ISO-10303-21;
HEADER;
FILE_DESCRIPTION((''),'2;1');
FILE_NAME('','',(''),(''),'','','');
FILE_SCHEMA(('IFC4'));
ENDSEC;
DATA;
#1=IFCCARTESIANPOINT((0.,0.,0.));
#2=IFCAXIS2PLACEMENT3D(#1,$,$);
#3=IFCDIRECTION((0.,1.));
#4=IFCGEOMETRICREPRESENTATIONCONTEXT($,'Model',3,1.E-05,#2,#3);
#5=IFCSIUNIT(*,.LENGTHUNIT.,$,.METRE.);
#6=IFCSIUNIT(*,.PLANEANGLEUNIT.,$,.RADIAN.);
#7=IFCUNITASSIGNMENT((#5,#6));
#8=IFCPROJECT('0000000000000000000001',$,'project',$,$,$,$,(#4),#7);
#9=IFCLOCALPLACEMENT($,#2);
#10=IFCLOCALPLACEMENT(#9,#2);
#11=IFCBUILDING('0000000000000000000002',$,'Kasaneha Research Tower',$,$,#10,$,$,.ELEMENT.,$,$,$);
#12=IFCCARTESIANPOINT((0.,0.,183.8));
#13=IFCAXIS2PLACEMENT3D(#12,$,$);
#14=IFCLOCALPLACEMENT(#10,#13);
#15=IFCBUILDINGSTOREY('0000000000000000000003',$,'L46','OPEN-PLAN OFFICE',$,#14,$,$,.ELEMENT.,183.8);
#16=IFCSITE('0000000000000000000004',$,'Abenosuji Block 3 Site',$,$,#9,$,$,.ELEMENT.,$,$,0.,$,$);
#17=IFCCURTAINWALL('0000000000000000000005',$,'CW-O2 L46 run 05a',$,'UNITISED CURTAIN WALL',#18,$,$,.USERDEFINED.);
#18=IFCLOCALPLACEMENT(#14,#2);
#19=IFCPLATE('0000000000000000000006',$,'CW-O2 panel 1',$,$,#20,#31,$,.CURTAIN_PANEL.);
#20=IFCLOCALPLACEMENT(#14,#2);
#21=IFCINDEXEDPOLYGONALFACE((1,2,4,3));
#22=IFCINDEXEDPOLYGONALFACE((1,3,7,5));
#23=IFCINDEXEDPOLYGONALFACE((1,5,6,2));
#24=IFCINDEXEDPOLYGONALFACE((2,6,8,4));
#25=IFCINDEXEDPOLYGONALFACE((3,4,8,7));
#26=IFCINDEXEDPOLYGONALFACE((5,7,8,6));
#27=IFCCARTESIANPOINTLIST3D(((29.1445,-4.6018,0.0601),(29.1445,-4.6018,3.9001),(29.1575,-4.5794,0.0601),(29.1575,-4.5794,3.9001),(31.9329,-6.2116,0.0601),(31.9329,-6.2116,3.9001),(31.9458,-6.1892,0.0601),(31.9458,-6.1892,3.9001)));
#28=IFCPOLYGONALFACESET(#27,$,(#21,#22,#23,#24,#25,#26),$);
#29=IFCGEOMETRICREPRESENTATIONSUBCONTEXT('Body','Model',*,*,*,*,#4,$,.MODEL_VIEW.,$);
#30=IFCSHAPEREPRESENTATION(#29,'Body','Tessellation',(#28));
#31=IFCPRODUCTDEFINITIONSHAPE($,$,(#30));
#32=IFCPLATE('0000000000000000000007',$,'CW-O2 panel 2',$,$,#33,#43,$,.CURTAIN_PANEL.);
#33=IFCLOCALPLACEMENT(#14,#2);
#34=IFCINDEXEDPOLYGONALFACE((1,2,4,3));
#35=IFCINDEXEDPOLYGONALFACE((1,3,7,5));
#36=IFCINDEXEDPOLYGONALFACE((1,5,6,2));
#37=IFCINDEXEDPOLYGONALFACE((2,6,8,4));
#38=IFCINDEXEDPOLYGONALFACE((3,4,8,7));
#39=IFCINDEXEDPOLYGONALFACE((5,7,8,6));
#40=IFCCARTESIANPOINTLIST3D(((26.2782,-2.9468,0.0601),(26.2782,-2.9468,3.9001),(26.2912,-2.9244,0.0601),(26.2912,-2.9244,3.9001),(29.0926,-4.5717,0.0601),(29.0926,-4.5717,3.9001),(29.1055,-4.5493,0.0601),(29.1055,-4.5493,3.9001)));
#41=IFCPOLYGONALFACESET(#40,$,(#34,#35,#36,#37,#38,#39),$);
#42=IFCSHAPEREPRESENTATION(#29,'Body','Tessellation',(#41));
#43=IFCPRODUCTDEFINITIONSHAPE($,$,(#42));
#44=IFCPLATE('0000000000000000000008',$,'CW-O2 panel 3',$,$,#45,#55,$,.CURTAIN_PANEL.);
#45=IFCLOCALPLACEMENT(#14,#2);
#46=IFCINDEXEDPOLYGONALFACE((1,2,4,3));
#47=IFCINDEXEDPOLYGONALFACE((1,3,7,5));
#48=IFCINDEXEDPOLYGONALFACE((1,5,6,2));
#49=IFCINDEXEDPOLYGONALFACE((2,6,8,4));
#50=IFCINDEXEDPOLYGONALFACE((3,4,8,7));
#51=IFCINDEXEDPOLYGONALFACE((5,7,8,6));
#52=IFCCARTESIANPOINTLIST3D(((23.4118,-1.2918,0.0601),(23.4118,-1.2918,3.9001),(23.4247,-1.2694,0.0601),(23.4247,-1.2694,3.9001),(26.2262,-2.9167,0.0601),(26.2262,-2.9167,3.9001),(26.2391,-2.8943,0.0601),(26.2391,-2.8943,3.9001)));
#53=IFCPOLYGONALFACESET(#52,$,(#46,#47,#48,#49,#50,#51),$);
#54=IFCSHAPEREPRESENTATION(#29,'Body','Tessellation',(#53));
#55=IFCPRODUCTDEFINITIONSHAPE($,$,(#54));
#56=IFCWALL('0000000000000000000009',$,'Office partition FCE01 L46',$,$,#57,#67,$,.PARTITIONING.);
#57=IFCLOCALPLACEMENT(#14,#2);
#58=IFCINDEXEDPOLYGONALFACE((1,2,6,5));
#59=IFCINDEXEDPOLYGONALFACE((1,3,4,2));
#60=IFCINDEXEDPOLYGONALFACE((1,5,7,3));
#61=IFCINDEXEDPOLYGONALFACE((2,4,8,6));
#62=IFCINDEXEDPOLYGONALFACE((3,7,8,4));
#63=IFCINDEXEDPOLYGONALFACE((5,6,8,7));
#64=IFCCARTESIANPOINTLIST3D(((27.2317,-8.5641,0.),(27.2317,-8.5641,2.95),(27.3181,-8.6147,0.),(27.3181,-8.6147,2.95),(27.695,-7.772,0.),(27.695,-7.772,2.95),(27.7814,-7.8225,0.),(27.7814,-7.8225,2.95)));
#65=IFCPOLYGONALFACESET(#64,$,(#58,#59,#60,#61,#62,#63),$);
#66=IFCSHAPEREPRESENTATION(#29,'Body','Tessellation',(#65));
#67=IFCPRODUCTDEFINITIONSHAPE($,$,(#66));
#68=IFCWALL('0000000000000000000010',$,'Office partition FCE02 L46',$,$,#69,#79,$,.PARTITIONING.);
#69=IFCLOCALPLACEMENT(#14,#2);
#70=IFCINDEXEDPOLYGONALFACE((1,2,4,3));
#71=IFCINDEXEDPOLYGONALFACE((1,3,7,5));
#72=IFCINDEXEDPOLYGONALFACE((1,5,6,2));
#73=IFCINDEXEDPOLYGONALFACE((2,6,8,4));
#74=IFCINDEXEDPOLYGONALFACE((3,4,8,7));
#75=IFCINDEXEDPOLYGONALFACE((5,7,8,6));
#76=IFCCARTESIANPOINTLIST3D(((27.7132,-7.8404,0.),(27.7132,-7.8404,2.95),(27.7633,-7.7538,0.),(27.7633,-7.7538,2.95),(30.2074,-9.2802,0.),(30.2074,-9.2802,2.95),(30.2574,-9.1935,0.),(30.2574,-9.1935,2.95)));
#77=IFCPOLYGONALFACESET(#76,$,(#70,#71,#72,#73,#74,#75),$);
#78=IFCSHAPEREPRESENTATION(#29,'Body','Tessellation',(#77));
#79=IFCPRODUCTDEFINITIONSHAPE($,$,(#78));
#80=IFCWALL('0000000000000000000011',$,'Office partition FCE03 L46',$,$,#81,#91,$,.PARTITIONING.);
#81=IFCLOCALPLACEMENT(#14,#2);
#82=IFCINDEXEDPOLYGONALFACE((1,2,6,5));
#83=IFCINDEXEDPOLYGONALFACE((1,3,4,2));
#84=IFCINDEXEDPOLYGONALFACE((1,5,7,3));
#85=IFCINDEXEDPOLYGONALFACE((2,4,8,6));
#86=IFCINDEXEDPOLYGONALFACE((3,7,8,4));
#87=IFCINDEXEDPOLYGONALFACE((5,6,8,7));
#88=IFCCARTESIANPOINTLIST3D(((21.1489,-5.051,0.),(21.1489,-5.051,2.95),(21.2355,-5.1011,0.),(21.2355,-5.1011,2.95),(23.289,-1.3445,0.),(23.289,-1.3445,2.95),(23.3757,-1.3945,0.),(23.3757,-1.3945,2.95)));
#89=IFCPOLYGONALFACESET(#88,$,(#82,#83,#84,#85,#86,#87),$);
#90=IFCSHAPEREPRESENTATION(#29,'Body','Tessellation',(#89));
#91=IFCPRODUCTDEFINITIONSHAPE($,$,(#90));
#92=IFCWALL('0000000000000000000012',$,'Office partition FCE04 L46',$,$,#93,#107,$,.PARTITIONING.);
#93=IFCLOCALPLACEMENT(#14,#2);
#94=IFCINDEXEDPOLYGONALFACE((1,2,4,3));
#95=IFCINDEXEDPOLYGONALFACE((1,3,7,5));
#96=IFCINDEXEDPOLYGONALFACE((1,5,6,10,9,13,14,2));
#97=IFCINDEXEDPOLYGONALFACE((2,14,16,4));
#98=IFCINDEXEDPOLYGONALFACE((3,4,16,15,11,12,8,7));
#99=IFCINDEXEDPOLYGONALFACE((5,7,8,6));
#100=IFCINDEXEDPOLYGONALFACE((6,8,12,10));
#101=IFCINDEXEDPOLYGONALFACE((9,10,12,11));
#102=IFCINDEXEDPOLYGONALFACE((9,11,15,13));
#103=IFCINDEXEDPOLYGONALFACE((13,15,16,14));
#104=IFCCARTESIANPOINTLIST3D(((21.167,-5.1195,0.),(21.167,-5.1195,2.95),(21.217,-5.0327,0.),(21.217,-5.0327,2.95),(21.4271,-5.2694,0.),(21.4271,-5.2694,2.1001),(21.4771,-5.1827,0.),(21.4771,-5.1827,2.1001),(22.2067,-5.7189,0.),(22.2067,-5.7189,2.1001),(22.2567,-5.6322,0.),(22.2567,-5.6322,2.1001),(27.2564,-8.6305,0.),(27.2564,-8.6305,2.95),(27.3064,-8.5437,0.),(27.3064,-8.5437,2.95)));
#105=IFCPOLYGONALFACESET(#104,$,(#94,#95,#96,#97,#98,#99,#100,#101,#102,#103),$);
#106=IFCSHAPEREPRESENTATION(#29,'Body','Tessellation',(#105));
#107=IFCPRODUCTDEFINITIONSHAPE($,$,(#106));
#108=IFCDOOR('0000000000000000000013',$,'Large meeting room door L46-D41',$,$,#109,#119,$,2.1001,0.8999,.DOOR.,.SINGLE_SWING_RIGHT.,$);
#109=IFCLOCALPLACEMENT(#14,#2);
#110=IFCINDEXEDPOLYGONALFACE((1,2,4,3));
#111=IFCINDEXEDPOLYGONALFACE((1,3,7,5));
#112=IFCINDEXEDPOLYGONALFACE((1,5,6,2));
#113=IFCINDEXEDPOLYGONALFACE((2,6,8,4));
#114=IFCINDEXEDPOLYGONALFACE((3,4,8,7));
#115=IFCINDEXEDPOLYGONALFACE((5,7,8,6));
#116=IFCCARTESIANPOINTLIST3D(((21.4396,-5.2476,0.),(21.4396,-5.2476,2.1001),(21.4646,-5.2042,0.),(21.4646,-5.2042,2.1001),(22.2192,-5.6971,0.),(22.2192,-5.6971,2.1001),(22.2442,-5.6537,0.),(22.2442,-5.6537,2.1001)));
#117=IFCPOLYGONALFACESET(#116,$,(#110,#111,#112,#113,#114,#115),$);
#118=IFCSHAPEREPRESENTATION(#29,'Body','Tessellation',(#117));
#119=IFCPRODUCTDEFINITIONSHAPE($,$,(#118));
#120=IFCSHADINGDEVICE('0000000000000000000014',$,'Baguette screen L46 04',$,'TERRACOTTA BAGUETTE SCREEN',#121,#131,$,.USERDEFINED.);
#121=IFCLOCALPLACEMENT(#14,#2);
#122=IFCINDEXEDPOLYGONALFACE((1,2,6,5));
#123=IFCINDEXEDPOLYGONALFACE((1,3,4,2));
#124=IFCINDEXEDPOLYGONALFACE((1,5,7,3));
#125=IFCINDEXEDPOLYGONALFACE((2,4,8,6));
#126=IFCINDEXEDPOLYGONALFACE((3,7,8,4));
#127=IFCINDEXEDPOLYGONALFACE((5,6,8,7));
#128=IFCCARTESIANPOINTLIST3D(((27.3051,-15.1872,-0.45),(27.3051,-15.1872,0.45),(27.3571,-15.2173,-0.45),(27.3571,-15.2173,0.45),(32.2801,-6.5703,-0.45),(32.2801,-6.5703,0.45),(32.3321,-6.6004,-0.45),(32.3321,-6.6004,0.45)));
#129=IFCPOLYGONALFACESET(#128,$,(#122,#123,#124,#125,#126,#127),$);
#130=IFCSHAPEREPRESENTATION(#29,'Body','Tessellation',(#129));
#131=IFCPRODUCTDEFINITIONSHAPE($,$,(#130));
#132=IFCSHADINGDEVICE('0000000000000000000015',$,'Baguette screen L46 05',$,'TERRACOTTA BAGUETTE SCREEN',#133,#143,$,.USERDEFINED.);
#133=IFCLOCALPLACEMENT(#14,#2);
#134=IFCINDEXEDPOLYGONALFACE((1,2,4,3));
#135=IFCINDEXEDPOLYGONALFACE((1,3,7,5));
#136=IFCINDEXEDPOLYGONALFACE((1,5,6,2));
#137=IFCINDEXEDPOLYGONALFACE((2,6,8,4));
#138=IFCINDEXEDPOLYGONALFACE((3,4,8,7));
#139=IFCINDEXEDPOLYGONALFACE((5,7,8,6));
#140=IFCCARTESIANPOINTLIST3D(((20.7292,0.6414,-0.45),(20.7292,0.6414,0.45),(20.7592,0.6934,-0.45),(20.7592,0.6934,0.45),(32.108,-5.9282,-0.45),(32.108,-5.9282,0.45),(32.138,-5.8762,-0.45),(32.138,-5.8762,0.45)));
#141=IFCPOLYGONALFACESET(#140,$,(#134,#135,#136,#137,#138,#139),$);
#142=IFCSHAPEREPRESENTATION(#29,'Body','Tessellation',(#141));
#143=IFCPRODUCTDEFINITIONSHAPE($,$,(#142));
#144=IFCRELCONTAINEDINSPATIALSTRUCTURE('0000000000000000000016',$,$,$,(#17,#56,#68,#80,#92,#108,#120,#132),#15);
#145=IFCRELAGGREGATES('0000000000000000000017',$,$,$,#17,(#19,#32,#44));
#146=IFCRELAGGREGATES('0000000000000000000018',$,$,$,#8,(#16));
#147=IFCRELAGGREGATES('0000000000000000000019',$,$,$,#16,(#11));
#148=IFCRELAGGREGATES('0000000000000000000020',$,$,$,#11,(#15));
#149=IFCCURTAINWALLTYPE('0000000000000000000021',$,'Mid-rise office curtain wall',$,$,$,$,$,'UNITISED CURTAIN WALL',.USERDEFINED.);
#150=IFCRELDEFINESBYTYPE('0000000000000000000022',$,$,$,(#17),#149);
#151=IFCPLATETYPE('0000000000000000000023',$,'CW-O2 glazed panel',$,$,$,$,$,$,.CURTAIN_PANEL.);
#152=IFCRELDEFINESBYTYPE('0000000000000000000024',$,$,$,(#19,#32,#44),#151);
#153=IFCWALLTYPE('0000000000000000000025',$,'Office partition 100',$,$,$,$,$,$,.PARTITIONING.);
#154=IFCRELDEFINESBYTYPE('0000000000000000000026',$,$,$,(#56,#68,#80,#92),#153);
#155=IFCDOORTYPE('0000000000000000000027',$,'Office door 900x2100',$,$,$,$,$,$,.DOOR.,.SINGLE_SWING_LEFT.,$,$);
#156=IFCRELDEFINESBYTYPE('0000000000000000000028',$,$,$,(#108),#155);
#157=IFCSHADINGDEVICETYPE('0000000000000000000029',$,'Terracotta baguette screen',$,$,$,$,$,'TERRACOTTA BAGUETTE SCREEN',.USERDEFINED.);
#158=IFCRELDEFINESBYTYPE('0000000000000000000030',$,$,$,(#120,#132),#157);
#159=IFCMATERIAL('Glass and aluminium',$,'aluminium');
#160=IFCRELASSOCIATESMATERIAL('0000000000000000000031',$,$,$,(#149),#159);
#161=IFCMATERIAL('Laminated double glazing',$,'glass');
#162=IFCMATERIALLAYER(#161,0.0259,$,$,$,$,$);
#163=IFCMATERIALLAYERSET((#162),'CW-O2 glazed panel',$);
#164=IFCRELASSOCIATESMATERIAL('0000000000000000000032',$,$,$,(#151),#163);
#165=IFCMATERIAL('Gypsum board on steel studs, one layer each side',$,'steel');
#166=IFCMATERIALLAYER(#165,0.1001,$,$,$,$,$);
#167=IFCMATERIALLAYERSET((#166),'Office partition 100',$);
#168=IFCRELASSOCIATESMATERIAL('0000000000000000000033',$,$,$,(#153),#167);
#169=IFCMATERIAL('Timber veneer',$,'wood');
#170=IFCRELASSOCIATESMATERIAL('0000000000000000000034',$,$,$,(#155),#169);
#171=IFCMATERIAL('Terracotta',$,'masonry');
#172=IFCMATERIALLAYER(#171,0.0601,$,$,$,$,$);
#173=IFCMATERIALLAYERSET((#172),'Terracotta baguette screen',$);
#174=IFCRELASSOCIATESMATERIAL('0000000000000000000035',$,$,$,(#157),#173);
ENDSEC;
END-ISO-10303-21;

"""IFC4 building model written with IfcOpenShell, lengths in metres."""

from ifc_helpers import new_model, si_unit, direction, frame, frame_2d, origin, origin_2d, place, context, subcontext, project, spatial, rectangle, extrude, material, layer, layer_set, type_object, element, fill, aggregate, save


model = new_model("IFC4")

# Units and contexts
model_context = context("Model", 3, precision=1e-05, world=origin(), true_north=direction((0.0, 1.0)))
body_context = subcontext(model_context, "Body", "Model", "MODEL_VIEW")
ifc_project = project(units=[si_unit("LENGTHUNIT", "METRE"), si_unit("PLANEANGLEUNIT", "RADIAN")], contexts=[model_context])

# Site, building, storey
site_placement = place(None, origin())
site = spatial("IfcSite", under=ifc_project, at=site_placement, Name="Abenosuji Block 3 Site", CompositionType="ELEMENT", RefElevation=0.0)
building_placement = place(site_placement, origin())
building = spatial("IfcBuilding", under=site, at=building_placement, Name="Kasaneha Research Tower", CompositionType="ELEMENT")
storey_placement = place(building_placement, frame((0.0, 0.0, 183.8)))
storey = spatial("IfcBuildingStorey", under=building, at=storey_placement, Name="L46", Description="OPEN-PLAN OFFICE", CompositionType="ELEMENT", Elevation=183.8)

# Curtain wall
ifc_material_1 = material(Name="Glass and aluminium", Category="aluminium")
curtain_wall_type = type_object("IfcCurtainWallType", Name="Mid-rise office curtain wall", ElementType="UNITISED CURTAIN WALL", PredefinedType="USERDEFINED", material=ifc_material_1)
curtain_wall_1_placement = place(storey_placement, origin())
curtain_wall_1 = element("IfcCurtainWall", 1, at=curtain_wall_1_placement, inside=storey, type_object=curtain_wall_type, Name="CW-O2 L46 run 05a", ObjectType="UNITISED CURTAIN WALL", PredefinedType="USERDEFINED")

# Plates
ifc_material_2 = material(Name="Laminated double glazing", Category="glass")
ifc_layer_1 = layer(ifc_material_2, 0.0259)
ifc_layer_set_1 = layer_set([ifc_layer_1], Name="CW-O2 glazed panel")
plate_type = type_object("IfcPlateType", Name="CW-O2 glazed panel", PredefinedType="CURTAIN_PANEL", material=ifc_layer_set_1)
plate_1_placement = place(storey_placement, frame((30.5452, -5.3955, 0.0601), z_axis=(0.0, 0.0, 1.0), x_axis=(-0.866025, 0.5, 0.0)))
plate_1 = element("IfcPlate", 2, at=plate_1_placement, type_object=plate_type, Name="CW-O2 panel 1", PredefinedType="CURTAIN_PANEL", context=body_context, shape_type="SweptSolid", body=[
    extrude(rectangle(XDim=3.2197, YDim=0.0259, at=origin_2d()), origin(), (0.0, 0.0, 1.0), 3.8401),
])
plate_2_placement = place(storey_placement, frame((27.6919, -3.748, 0.0601), z_axis=(0.0, 0.0, 1.0), x_axis=(-0.866025, 0.5, 0.0)))
plate_2 = element("IfcPlate", 3, at=plate_2_placement, type_object=plate_type, Name="CW-O2 panel 2", PredefinedType="CURTAIN_PANEL", context=body_context, shape_type="SweptSolid", body=[
    extrude(rectangle(XDim=3.2498, YDim=0.0259, at=origin_2d()), origin(), (0.0, 0.0, 1.0), 3.8401),
])
plate_3_placement = place(storey_placement, frame((24.8254, -2.093, 0.0601), z_axis=(0.0, 0.0, 1.0), x_axis=(-0.866025, 0.5, 0.0)))
plate_3 = element("IfcPlate", 4, at=plate_3_placement, type_object=plate_type, Name="CW-O2 panel 3", PredefinedType="CURTAIN_PANEL", context=body_context, shape_type="SweptSolid", body=[
    extrude(rectangle(XDim=3.2498, YDim=0.0259, at=origin_2d()), origin(), (0.0, 0.0, 1.0), 3.8401),
])
aggregate(curtain_wall_1, [plate_1, plate_2, plate_3])

# Walls
ifc_material_3 = material(Name="Gypsum board on steel studs, one layer each side", Category="steel")
ifc_layer_2 = layer(ifc_material_3, 0.1001)
ifc_layer_set_2 = layer_set([ifc_layer_2], Name="Office partition 100")
wall_type = type_object("IfcWallType", Name="Office partition 100", PredefinedType="PARTITIONING", material=ifc_layer_set_2)
wall_1_placement = place(storey_placement, frame((27.7383, -7.7971, 0.0), z_axis=(0.0, 0.0, 1.0), x_axis=(-0.50488, -0.86319, 0.0)))
element("IfcWall", 5, at=wall_1_placement, inside=storey, type_object=wall_type, Name="Office partition FCE01 L46", PredefinedType="PARTITIONING", context=body_context, shape_type="SweptSolid", body=[
    extrude(rectangle(XDim=0.9177, YDim=0.1001, at=frame_2d((0.459, 0.0))), origin(), (0.0, 0.0, 1.0), 2.95),
])
wall_2_placement = place(storey_placement, frame((30.2324, -9.2368, 0.0), z_axis=(0.0, 0.0, 1.0), x_axis=(-0.86607, 0.499923, 0.0)))
element("IfcWall", 6, at=wall_2_placement, inside=storey, type_object=wall_type, Name="Office partition FCE02 L46", PredefinedType="PARTITIONING", context=body_context, shape_type="SweptSolid", body=[
    extrude(rectangle(XDim=2.8799, YDim=0.1001, at=frame_2d((1.4399, 0.0))), origin(), (0.0, 0.0, 1.0), 2.95),
])
wall_3_placement = place(storey_placement, frame((21.1921, -5.0762, 0.0), z_axis=(0.0, 0.0, 1.0), x_axis=(0.500029, 0.866009, 0.0)))
element("IfcWall", 7, at=wall_3_placement, inside=storey, type_object=wall_type, Name="Office partition FCE03 L46", PredefinedType="PARTITIONING", context=body_context, shape_type="SweptSolid", body=[
    extrude(rectangle(XDim=4.28, YDim=0.1001, at=frame_2d((2.1401, 0.0))), origin(), (0.0, 0.0, 1.0), 2.95),
])

# Wall, opening, door
wall_4_placement = place(storey_placement, frame((27.2815, -8.5872, 0.0), z_axis=(0.0, 0.0, 1.0), x_axis=(-0.866315, 0.499498, 0.0)))
wall_4 = element("IfcWall", 8, at=wall_4_placement, inside=storey, type_object=wall_type, Name="Office partition FCE04 L46", PredefinedType="PARTITIONING", context=body_context, shape_type="SweptSolid", body=[
    extrude(rectangle(XDim=7.0291, YDim=0.1001, at=frame_2d((3.5146, 0.0))), origin(), (0.0, 0.0, 1.0), 2.95),
])
opening_placement = place(wall_4_placement, frame((5.8291, 0.0, 0.0)))
opening = element("IfcOpeningElement", 9, at=opening_placement, cuts=wall_4, PredefinedType="OPENING", context=body_context, shape_type="SweptSolid", body=[
    extrude(rectangle(XDim=0.8999, YDim=2.1001, at=frame_2d((0.45, 1.05))), frame((0.0, 0.0601, 0.0), z_axis=(0.0, -1.0, 0.0), x_axis=(1.0, 0.0, 0.0)), (0.0, 0.0, 1.0), 0.1201),
])
ifc_material_4 = material(Name="Timber veneer", Category="wood")
door_type = type_object("IfcDoorType", Name="Office door 900x2100", OperationType="SINGLE_SWING_LEFT", PredefinedType="DOOR", material=ifc_material_4)
door_placement = place(opening_placement, origin())
door = element("IfcDoor", 10, at=door_placement, inside=storey, type_object=door_type, Name="Large meeting room door L46-D41", OperationType="SINGLE_SWING_RIGHT", OverallHeight=2.1001, OverallWidth=0.8999, PredefinedType="DOOR", context=body_context, shape_type="SweptSolid", body=[
    extrude(rectangle(XDim=0.8999, YDim=2.1001, at=frame_2d((0.45, 1.05))), frame((0.0, 0.0249, 0.0), z_axis=(0.0, -1.0, 0.0), x_axis=(1.0, 0.0, 0.0)), (0.0, 0.0, 1.0), 0.05),
])
fill(opening, door)

# Shading devices
ifc_material_5 = material(Name="Terracotta", Category="masonry")
ifc_layer_3 = layer(ifc_material_5, 0.0601)
ifc_layer_set_3 = layer_set([ifc_layer_3], Name="Terracotta baguette screen")
shading_device_type = type_object("IfcShadingDeviceType", Name="Terracotta baguette screen", ElementType="TERRACOTTA BAGUETTE SCREEN", PredefinedType="USERDEFINED", material=ifc_layer_set_3)
shading_device_1_placement = place(storey_placement, frame((29.8186, -10.8938, -0.45), z_axis=(0.0, 0.0, 1.0), x_axis=(0.5, 0.866025, 0.0)))
element("IfcShadingDevice", 11, at=shading_device_1_placement, inside=storey, type_object=shading_device_type, Name="Baguette screen L46 04", ObjectType="TERRACOTTA BAGUETTE SCREEN", PredefinedType="USERDEFINED", context=body_context, shape_type="SweptSolid", body=[
    extrude(rectangle(XDim=9.95, YDim=0.0601, at=origin_2d()), origin(), (0.0, 0.0, 1.0), 0.8999),
])
shading_device_2_placement = place(storey_placement, frame((26.4336, -2.6174, -0.45), z_axis=(0.0, 0.0, 1.0), x_axis=(-0.866025, 0.5, 0.0)))
element("IfcShadingDevice", 12, at=shading_device_2_placement, inside=storey, type_object=shading_device_type, Name="Baguette screen L46 05", ObjectType="TERRACOTTA BAGUETTE SCREEN", PredefinedType="USERDEFINED", context=body_context, shape_type="SweptSolid", body=[
    extrude(rectangle(XDim=13.1392, YDim=0.0601, at=origin_2d()), origin(), (0.0, 0.0, 1.0), 0.8999),
])

save(model, "model.ifc")
